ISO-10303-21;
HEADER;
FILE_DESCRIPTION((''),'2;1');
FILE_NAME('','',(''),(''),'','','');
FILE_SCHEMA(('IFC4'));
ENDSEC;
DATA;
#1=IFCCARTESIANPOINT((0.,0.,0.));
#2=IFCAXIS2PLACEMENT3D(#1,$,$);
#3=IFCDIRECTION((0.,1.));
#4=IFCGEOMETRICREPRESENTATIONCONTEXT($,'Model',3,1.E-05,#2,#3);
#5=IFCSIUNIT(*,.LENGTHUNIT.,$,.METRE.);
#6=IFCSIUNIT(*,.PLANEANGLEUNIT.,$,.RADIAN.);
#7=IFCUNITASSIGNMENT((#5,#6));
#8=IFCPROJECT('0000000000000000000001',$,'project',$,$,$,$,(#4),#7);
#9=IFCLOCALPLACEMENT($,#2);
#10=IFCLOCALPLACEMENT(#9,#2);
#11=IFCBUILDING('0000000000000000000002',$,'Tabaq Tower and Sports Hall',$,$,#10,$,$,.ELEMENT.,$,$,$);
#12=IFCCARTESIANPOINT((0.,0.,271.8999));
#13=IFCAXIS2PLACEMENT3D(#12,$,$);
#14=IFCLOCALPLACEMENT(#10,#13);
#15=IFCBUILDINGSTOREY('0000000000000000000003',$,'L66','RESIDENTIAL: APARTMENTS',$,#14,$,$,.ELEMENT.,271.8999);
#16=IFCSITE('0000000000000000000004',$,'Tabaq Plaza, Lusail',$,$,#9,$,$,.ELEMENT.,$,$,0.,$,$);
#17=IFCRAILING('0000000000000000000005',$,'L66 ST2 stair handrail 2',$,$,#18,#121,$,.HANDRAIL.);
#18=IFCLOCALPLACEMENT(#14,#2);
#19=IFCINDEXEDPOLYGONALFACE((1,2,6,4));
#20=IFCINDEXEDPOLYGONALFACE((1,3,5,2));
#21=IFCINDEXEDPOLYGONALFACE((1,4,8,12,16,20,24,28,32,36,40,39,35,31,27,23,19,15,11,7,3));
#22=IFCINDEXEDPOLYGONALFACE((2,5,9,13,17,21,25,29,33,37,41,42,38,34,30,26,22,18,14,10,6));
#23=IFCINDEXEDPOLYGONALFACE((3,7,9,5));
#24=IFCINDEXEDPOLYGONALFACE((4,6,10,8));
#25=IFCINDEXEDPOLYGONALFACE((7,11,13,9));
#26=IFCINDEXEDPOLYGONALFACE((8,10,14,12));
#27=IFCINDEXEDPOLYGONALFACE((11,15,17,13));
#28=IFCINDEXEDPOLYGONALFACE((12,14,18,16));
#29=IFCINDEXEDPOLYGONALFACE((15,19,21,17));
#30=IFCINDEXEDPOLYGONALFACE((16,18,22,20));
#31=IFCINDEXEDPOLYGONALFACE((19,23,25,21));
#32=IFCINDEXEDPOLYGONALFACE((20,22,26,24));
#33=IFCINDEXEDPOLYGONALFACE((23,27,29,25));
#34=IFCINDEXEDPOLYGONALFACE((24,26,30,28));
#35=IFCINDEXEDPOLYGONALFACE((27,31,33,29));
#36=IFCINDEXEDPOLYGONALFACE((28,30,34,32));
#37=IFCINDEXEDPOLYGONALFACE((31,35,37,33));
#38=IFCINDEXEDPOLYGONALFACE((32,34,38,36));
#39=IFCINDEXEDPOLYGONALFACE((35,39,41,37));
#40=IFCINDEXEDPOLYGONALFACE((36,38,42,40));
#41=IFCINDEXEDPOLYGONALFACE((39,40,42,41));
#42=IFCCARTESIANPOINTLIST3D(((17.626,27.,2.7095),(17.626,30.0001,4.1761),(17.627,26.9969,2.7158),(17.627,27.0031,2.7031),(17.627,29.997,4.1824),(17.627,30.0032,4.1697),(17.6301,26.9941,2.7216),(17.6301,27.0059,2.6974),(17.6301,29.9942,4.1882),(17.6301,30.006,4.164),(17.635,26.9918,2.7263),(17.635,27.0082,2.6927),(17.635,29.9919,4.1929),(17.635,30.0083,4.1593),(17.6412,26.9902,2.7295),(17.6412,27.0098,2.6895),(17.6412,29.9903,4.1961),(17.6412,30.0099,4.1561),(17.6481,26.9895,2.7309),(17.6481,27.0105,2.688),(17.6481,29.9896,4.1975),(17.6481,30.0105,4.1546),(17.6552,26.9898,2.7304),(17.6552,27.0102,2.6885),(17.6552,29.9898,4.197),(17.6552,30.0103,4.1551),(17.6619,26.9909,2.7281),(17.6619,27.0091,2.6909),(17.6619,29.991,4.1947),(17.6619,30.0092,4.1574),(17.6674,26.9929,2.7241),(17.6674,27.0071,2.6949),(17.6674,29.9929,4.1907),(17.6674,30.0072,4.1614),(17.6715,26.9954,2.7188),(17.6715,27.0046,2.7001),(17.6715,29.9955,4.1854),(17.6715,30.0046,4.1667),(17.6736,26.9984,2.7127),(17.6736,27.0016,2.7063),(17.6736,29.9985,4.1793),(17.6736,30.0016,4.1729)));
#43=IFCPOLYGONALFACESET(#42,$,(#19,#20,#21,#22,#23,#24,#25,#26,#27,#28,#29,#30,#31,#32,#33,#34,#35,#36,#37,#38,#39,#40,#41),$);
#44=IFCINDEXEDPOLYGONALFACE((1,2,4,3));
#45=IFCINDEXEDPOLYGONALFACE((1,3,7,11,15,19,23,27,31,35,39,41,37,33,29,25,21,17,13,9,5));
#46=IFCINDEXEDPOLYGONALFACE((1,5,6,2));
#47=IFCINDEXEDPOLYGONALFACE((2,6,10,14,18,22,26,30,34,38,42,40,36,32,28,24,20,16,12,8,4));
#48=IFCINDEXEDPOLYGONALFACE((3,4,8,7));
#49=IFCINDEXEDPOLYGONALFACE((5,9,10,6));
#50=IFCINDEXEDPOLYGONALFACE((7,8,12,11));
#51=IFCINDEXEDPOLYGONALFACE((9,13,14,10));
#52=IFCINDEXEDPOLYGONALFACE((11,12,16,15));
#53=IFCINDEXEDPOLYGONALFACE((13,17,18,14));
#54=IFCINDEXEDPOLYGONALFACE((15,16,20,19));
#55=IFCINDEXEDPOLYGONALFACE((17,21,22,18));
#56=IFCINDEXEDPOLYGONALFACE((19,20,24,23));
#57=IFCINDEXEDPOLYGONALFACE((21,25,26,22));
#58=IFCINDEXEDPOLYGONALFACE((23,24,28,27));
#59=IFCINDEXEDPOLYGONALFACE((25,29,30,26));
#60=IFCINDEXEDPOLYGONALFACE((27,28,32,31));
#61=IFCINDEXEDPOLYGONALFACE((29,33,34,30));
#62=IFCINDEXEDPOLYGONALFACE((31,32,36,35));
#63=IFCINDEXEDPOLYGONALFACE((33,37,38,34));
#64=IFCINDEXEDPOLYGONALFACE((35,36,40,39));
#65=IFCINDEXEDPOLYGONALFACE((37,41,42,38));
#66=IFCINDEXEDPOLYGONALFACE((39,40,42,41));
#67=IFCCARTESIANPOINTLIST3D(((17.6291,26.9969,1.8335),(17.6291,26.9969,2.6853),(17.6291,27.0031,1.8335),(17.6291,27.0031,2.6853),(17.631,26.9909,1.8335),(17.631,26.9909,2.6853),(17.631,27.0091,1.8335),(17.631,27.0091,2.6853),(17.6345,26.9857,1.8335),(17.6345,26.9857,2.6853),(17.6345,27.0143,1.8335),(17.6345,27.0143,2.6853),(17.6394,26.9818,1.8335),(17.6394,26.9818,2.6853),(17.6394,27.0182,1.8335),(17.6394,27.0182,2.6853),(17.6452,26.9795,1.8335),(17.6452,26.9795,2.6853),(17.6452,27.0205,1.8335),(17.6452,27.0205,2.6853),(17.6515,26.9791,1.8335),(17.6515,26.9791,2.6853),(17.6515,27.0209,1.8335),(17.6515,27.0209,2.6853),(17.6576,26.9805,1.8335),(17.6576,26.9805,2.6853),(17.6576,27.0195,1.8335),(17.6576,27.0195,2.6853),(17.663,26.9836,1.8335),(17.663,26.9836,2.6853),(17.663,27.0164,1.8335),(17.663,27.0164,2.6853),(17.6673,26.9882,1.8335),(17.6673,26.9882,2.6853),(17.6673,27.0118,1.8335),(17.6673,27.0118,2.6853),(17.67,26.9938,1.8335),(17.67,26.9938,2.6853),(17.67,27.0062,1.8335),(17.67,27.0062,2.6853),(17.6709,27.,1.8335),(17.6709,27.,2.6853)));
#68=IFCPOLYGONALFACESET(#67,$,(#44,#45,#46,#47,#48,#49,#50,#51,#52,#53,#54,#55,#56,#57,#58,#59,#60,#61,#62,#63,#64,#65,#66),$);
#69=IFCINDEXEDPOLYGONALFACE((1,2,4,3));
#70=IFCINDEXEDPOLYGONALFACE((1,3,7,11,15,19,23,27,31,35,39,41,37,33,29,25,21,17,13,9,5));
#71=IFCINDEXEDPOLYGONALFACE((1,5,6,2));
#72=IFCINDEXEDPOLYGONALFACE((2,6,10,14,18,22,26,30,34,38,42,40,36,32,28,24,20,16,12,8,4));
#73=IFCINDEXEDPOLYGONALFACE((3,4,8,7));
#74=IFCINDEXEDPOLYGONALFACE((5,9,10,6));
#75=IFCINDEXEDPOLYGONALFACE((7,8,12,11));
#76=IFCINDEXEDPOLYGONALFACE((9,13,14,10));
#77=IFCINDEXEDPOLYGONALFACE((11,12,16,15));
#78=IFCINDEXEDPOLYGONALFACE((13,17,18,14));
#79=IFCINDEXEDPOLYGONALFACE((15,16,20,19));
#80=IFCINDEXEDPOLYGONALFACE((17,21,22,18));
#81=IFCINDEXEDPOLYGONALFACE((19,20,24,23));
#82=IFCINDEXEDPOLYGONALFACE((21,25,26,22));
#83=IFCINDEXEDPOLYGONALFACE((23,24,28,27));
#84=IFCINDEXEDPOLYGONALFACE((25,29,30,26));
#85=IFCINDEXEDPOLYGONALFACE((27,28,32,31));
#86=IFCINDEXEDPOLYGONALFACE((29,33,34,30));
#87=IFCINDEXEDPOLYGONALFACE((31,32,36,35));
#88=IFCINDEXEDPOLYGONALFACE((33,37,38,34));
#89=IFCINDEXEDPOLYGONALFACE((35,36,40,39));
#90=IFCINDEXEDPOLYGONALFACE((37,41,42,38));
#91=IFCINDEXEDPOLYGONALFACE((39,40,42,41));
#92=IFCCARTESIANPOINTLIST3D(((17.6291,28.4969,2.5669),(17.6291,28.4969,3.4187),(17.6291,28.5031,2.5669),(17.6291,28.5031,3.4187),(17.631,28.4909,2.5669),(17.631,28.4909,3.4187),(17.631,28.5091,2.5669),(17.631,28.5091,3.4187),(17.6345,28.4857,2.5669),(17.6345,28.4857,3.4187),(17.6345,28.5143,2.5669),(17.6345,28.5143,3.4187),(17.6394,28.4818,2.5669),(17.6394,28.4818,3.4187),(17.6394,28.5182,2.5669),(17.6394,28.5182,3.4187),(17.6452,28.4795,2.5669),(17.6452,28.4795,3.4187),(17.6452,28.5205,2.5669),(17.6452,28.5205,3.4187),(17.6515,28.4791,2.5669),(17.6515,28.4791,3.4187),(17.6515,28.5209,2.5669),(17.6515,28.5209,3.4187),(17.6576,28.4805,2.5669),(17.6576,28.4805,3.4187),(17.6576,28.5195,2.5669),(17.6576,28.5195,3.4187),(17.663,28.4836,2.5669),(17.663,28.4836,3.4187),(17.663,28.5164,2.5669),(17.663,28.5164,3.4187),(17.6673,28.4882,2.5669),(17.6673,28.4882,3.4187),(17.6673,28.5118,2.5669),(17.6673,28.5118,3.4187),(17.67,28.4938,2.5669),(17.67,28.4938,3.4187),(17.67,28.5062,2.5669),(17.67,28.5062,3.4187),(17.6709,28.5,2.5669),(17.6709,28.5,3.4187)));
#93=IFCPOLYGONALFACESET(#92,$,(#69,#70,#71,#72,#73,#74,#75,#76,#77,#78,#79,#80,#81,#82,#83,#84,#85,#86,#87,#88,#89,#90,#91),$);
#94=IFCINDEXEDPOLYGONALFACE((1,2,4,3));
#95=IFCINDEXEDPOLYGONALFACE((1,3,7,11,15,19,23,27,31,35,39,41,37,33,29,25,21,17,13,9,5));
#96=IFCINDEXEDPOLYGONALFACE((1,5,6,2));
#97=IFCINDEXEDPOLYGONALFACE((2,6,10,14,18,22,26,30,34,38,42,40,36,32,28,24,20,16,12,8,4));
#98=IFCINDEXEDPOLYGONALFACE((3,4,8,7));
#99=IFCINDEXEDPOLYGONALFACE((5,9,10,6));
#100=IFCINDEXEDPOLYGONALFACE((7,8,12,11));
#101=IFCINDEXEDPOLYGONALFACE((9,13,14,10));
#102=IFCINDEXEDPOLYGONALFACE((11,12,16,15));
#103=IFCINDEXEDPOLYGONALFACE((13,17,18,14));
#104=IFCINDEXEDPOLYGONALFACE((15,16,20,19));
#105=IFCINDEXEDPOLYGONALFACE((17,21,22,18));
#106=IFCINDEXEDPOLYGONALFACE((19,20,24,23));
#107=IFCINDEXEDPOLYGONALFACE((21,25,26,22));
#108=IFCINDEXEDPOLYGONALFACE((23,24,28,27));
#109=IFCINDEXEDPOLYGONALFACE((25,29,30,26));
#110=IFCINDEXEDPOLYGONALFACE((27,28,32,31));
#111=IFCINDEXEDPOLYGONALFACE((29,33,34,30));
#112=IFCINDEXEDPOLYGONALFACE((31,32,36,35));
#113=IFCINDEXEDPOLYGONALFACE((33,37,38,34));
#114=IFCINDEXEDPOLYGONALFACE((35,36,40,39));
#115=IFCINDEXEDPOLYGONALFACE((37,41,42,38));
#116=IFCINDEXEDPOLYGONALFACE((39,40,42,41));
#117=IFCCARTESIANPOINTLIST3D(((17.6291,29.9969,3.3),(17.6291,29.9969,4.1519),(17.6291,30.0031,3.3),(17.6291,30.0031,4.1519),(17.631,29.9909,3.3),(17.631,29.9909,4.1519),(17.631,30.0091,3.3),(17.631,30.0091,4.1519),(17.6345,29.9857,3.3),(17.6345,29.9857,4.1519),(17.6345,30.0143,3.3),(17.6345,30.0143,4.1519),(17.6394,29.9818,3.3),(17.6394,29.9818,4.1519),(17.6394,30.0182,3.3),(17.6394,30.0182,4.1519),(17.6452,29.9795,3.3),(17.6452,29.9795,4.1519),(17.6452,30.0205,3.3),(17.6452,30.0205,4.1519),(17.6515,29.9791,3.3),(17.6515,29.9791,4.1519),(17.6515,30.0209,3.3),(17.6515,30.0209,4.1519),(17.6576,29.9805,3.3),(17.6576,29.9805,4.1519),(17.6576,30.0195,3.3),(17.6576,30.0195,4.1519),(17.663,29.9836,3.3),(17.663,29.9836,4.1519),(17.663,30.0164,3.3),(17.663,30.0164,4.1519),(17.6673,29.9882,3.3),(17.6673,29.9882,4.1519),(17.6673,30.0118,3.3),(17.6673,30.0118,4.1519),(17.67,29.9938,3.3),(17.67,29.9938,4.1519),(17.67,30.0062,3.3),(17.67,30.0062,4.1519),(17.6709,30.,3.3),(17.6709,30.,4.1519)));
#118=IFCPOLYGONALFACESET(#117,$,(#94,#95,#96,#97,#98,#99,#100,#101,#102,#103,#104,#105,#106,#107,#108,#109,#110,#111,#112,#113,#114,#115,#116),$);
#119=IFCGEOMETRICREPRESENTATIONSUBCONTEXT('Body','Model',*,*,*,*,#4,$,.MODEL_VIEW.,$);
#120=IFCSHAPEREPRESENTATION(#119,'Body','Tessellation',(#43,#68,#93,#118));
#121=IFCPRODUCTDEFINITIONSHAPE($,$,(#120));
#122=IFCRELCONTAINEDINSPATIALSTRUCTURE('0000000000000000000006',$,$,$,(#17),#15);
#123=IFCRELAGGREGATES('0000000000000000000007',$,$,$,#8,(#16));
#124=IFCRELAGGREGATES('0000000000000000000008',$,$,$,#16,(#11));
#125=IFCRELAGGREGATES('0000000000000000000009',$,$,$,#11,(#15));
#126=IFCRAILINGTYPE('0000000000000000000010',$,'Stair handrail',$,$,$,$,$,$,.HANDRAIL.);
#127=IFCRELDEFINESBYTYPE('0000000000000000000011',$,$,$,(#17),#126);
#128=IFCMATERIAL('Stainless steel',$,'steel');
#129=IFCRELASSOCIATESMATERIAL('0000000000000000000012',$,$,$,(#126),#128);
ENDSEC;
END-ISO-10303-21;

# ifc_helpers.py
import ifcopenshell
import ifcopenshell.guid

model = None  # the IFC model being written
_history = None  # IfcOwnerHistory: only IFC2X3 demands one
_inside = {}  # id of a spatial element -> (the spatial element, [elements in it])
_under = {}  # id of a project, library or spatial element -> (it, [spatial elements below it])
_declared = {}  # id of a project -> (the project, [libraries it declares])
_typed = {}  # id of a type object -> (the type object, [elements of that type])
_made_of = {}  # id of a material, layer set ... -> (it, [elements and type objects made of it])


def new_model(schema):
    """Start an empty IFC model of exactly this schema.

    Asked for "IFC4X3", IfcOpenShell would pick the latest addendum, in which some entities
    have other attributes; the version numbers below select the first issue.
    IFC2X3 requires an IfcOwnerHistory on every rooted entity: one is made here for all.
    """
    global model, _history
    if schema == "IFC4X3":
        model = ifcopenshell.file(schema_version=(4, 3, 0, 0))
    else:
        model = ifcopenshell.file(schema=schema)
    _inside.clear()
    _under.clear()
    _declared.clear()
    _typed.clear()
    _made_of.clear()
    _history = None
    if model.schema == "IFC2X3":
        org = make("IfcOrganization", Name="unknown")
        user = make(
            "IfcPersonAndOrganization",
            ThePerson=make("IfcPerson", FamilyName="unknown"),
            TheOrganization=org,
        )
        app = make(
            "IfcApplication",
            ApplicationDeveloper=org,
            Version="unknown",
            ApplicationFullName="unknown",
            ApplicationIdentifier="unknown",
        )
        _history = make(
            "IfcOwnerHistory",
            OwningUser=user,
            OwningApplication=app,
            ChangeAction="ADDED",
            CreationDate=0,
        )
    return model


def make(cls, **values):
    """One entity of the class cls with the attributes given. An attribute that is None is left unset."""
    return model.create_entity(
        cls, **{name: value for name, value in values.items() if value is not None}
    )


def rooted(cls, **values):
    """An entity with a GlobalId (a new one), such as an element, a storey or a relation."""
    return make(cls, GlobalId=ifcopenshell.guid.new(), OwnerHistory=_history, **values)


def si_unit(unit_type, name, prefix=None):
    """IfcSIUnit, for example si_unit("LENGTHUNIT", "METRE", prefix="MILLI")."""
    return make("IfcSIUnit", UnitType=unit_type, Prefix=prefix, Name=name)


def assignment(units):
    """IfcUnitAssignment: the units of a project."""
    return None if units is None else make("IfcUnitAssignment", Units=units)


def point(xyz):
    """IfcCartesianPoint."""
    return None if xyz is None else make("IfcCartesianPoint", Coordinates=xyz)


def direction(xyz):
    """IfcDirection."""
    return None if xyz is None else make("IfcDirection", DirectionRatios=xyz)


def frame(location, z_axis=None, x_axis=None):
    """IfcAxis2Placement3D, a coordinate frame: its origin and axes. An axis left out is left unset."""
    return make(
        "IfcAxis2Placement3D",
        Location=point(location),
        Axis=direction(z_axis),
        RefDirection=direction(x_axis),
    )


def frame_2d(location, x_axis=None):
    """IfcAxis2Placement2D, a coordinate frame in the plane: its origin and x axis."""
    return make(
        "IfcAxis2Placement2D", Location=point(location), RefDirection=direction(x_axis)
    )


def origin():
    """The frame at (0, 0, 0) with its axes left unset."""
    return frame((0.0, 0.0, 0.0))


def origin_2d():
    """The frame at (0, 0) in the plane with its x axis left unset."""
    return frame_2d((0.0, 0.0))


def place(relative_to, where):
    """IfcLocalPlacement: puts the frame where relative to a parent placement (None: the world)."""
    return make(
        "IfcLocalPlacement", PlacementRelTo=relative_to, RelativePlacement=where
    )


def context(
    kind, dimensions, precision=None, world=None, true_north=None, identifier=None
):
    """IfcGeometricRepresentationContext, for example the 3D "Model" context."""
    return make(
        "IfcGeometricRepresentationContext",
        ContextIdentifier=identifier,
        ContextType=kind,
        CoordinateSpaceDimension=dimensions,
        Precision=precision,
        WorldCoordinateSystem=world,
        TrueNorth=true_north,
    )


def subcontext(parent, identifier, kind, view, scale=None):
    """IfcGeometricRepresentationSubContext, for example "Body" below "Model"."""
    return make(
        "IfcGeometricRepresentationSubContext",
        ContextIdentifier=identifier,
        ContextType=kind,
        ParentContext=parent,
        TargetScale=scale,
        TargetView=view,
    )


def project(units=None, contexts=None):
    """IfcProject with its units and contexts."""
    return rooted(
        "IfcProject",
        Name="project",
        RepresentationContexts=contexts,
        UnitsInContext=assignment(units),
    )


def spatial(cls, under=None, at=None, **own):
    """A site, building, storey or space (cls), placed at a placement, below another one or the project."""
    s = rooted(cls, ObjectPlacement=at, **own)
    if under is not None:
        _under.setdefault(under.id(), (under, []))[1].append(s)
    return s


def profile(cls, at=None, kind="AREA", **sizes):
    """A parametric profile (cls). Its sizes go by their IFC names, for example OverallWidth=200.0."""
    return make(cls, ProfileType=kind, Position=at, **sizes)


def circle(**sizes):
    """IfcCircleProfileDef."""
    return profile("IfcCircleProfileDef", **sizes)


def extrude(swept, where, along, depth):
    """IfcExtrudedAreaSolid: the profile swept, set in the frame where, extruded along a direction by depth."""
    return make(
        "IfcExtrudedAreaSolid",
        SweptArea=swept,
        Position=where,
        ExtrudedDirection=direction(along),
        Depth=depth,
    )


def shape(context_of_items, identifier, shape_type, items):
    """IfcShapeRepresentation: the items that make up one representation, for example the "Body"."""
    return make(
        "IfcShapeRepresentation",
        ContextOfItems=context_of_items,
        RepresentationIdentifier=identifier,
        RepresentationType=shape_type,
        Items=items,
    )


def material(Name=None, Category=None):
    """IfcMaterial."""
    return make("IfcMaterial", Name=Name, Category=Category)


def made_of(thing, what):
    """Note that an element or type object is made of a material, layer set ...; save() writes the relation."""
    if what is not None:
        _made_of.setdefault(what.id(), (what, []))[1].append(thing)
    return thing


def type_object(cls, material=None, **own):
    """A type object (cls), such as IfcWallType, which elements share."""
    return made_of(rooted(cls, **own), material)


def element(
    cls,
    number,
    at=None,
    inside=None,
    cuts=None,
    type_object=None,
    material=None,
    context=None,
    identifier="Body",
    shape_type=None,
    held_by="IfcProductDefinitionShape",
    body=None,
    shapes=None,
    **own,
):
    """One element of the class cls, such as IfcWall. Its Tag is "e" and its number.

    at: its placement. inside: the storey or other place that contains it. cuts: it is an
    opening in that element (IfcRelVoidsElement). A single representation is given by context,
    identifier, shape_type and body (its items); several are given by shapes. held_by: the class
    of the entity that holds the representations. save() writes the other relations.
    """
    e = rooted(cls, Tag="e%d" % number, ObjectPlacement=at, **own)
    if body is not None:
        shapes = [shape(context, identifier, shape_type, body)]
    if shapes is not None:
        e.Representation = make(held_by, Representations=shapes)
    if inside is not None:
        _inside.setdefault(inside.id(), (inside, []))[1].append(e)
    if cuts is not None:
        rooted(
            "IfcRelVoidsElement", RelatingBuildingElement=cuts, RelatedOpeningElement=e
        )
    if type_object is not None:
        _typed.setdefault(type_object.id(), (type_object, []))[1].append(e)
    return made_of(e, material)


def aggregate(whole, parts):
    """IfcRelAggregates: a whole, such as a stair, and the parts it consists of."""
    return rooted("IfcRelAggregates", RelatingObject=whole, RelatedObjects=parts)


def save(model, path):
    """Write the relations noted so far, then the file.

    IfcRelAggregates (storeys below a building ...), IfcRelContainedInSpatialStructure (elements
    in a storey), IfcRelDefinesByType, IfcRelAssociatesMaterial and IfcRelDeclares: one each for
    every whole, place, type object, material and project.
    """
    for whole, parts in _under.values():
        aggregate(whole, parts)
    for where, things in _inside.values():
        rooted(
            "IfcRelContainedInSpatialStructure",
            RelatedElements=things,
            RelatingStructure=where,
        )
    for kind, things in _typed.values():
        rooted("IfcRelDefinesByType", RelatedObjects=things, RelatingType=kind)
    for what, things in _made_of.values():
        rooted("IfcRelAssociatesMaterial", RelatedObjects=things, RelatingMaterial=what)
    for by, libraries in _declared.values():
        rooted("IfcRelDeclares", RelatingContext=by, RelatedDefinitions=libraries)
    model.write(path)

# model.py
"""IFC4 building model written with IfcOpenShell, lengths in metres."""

from ifc_helpers import new_model, si_unit, direction, frame, origin, origin_2d, place, context, subcontext, project, spatial, circle, extrude, material, type_object, element, save


model = new_model("IFC4")

# Units and contexts
model_context = context("Model", 3, precision=1e-05, world=origin(), true_north=direction((0.0, 1.0)))
body_context = subcontext(model_context, "Body", "Model", "MODEL_VIEW")
ifc_project = project(units=[si_unit("LENGTHUNIT", "METRE"), si_unit("PLANEANGLEUNIT", "RADIAN")], contexts=[model_context])

# Site, building, storey
site_placement = place(None, origin())
site = spatial("IfcSite", under=ifc_project, at=site_placement, Name="Tabaq Plaza, Lusail", CompositionType="ELEMENT", RefElevation=0.0)
building_placement = place(site_placement, origin())
building = spatial("IfcBuilding", under=site, at=building_placement, Name="Tabaq Tower and Sports Hall", CompositionType="ELEMENT")
storey_placement = place(building_placement, frame((0.0, 0.0, 271.8999)))
storey = spatial("IfcBuildingStorey", under=building, at=storey_placement, Name="L66", Description="RESIDENTIAL: APARTMENTS", CompositionType="ELEMENT", Elevation=271.8999)

# Railing
ifc_material_1 = material(Name="Stainless steel", Category="steel")
railing_type_1 = type_object("IfcRailingType", Name="Stair handrail", PredefinedType="HANDRAIL", material=ifc_material_1)
railing_1_placement = place(storey_placement, frame((17.6499, 27.0, 1.8335)))
element("IfcRailing", 1, at=railing_1_placement, inside=storey, type_object=railing_type_1, Name="L66 ST2 stair handrail 2", PredefinedType="HANDRAIL", context=body_context, shape_type="SweptSolid", body=[
    extrude(circle(Radius=0.0239, at=origin_2d()), frame((0.0, 0.0, 0.876), z_axis=(0.0, 0.898398, 0.439183), x_axis=(-1.0, 0.0, 0.0)), (0.0, 0.0, 1.0), 3.3394),
    extrude(circle(Radius=0.021, at=origin_2d()), origin(), (0.0, 0.0, 1.0), 0.8518),
    extrude(circle(Radius=0.021, at=origin_2d()), frame((0.0, 1.5, 0.7334)), (0.0, 0.0, 1.0), 0.8518),
    extrude(circle(Radius=0.021, at=origin_2d()), frame((0.0, 3.0, 1.4666)), (0.0, 0.0, 1.0), 0.8518),
])

save(model, "model.ifc")
